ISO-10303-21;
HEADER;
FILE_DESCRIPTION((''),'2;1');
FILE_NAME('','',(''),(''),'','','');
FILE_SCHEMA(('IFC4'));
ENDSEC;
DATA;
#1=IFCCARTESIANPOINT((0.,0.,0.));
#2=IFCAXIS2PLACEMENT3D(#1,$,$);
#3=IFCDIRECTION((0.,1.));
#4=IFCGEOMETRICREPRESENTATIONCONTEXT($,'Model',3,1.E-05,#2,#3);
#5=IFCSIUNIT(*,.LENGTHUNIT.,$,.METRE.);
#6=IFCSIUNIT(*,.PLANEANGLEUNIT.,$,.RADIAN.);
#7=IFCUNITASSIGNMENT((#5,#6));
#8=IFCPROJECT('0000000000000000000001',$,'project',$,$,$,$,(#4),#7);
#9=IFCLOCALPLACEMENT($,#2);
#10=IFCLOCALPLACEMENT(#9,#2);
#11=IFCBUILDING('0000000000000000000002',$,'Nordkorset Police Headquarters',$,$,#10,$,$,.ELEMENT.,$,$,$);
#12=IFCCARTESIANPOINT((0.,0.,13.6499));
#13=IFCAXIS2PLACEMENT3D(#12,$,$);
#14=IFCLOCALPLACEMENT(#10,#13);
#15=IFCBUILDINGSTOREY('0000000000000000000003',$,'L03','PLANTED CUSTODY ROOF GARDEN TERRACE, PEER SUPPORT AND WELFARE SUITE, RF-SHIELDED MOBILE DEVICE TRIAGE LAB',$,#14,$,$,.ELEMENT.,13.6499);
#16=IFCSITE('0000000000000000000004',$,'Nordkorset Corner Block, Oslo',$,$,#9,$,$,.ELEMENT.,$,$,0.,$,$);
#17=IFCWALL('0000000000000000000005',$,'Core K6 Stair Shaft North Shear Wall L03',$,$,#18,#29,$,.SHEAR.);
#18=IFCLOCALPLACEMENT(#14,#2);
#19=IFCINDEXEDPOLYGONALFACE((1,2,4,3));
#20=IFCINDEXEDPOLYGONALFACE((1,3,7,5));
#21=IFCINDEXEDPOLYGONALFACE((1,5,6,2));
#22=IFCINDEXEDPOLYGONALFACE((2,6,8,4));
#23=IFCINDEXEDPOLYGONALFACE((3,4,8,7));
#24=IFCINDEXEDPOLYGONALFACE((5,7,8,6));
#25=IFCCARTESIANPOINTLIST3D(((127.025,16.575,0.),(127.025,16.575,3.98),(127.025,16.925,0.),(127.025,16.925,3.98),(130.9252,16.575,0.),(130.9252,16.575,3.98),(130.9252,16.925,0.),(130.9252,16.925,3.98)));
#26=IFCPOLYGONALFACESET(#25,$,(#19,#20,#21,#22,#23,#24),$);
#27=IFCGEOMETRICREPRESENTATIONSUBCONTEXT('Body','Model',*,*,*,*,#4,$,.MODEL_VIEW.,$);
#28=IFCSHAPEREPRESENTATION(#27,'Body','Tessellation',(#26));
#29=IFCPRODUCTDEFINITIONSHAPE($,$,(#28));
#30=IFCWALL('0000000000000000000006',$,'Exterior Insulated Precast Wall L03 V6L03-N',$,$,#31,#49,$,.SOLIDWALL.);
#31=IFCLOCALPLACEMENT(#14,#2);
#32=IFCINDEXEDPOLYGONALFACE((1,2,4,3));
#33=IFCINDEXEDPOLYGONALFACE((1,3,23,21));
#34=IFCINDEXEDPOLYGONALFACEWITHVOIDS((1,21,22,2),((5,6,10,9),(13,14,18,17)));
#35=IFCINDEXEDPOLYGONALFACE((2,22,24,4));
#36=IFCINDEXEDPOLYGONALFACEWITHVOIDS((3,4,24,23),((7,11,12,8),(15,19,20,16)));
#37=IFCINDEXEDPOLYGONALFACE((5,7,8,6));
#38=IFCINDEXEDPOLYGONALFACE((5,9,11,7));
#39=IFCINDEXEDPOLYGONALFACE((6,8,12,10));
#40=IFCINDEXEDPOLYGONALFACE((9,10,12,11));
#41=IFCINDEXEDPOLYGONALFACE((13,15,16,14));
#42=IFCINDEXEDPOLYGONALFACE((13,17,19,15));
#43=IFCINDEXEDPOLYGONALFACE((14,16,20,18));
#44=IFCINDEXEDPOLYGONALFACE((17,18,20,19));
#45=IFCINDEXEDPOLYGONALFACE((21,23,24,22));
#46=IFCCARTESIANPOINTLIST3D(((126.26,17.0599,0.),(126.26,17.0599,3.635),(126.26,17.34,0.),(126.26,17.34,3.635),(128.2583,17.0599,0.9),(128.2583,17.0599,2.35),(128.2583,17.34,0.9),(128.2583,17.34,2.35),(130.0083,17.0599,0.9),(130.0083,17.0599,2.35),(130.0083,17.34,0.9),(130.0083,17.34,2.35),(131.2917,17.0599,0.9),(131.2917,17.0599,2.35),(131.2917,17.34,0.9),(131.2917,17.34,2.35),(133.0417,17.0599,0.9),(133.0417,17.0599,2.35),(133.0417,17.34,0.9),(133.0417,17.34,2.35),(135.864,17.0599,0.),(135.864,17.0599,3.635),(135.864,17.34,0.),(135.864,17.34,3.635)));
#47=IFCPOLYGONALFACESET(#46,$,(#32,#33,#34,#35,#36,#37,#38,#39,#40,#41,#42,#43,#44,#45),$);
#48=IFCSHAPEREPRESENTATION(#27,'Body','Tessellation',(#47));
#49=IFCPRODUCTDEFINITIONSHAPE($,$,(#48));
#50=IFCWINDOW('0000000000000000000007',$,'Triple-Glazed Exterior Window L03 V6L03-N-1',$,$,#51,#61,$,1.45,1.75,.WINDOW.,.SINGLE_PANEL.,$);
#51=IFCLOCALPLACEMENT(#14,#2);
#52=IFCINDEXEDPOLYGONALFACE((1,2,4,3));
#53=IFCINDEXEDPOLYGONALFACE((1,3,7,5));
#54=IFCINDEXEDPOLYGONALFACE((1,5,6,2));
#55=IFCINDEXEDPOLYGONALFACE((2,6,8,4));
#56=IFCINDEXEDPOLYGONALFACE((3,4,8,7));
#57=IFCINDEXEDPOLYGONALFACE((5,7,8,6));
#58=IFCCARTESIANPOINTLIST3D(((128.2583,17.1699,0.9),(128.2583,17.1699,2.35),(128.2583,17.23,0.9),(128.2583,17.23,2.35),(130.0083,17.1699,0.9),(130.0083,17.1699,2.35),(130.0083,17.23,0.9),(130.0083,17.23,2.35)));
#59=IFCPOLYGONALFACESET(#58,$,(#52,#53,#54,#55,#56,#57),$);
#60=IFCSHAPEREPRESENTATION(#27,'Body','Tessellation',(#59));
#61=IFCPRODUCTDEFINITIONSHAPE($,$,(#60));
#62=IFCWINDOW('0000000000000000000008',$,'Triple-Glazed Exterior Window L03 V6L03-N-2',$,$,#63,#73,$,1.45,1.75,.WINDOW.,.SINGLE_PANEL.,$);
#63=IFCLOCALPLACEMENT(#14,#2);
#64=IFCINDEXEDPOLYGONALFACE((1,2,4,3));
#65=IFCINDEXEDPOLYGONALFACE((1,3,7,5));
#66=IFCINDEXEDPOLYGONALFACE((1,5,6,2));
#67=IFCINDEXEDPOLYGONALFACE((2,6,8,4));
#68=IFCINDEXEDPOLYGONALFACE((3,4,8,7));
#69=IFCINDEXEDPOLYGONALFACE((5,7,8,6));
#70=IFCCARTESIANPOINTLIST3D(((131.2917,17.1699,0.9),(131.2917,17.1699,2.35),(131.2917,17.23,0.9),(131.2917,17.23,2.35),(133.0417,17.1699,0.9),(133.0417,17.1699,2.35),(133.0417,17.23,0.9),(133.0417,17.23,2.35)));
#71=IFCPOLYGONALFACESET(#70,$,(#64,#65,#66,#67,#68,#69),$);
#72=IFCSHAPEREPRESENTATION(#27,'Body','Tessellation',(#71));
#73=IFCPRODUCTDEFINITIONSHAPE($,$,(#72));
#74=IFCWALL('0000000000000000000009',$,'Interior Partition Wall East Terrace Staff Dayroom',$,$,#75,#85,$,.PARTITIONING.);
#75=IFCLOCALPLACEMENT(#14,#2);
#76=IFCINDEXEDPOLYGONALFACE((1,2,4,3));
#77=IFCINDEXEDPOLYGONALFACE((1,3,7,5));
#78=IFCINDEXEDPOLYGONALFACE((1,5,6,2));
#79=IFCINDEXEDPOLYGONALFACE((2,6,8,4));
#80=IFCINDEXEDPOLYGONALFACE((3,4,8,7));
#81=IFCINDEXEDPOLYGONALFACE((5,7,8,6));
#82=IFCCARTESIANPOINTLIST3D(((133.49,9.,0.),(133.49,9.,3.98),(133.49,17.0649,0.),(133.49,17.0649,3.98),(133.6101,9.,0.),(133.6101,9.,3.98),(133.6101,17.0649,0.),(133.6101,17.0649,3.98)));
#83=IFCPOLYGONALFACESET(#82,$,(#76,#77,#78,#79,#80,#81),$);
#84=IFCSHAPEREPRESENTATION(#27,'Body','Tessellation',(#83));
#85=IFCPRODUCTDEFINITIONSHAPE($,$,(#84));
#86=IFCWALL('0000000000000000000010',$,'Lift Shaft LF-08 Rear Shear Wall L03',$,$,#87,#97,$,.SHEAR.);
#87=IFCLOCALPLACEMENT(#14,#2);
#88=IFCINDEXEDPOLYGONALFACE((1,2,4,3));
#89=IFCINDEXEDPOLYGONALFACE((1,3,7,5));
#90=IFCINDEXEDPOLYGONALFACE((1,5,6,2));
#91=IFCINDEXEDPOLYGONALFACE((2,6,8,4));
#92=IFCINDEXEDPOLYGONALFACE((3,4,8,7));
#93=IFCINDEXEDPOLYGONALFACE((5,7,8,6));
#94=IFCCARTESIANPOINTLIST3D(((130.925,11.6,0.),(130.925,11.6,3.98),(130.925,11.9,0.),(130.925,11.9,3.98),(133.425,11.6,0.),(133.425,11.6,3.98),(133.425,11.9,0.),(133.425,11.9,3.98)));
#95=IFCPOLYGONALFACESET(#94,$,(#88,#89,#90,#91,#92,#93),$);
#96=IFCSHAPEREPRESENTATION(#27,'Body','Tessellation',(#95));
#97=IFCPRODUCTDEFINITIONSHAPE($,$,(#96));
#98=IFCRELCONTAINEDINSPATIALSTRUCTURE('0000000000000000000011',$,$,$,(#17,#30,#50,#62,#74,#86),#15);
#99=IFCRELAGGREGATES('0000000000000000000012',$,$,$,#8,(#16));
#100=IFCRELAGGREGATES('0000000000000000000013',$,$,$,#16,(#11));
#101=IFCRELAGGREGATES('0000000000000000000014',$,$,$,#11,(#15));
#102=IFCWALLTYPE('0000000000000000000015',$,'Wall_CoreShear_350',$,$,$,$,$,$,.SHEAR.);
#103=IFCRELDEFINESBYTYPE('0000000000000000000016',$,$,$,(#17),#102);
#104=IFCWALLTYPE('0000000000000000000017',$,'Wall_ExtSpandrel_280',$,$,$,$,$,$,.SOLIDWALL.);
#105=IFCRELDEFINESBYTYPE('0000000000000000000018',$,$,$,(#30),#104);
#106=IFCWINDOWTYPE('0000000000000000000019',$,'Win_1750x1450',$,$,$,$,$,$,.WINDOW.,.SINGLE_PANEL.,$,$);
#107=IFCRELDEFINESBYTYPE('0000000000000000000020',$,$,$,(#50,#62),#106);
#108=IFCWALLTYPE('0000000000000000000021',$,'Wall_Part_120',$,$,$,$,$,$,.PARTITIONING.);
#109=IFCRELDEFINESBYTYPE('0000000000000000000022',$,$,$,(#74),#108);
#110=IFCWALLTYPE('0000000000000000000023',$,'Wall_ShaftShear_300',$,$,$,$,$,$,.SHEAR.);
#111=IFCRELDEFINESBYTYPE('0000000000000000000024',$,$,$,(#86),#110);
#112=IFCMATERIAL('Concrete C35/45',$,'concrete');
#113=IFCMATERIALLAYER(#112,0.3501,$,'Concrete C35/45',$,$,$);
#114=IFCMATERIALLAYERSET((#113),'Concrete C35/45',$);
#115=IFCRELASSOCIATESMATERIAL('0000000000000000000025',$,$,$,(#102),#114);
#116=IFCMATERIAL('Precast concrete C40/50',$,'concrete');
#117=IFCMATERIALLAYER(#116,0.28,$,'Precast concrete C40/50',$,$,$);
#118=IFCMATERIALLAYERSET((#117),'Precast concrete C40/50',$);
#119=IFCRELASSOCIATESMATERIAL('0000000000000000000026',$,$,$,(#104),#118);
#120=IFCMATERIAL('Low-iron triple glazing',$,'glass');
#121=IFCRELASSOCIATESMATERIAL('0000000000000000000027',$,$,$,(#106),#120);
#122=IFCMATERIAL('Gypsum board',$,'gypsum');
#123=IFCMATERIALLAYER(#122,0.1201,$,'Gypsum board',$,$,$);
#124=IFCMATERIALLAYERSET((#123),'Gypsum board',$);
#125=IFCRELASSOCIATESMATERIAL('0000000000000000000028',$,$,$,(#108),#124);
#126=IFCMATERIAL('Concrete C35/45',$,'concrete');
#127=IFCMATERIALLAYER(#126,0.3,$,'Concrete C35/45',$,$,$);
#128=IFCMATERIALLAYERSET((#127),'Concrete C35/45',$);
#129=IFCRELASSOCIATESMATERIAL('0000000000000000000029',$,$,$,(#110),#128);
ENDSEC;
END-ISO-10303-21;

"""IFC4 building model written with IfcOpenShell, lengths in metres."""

from ifc_helpers import new_model, si_unit, direction, frame, frame_2d, origin, place, context, subcontext, project, spatial, rectangle, extrude, material, layer, layer_set, type_object, element, fill, save


model = new_model("IFC4")

# Units and contexts
model_context = context("Model", 3, precision=1e-05, world=origin(), true_north=direction((0.0, 1.0)))
body_context = subcontext(model_context, "Body", "Model", "MODEL_VIEW")
ifc_project = project(units=[si_unit("LENGTHUNIT", "METRE"), si_unit("PLANEANGLEUNIT", "RADIAN")], contexts=[model_context])

# Site, building, storey
site_placement = place(None, origin())
site = spatial("IfcSite", under=ifc_project, at=site_placement, Name="Nordkorset Corner Block, Oslo", CompositionType="ELEMENT", RefElevation=0.0)
building_placement = place(site_placement, origin())
building = spatial("IfcBuilding", under=site, at=building_placement, Name="Nordkorset Police Headquarters", CompositionType="ELEMENT")
storey_placement = place(building_placement, frame((0.0, 0.0, 13.6499)))
storey = spatial("IfcBuildingStorey", under=building, at=storey_placement, Name="L03", Description="PLANTED CUSTODY ROOF GARDEN TERRACE, PEER SUPPORT AND WELFARE SUITE, RF-SHIELDED MOBILE DEVICE TRIAGE LAB", CompositionType="ELEMENT", Elevation=13.6499)

# Wall
ifc_material_1 = material(Name="Concrete C35/45", Category="concrete")
ifc_layer_1 = layer(ifc_material_1, 0.3501, Name="Concrete C35/45")
ifc_layer_set_1 = layer_set([ifc_layer_1], Name="Concrete C35/45")
wall_type_1 = type_object("IfcWallType", Name="Wall_CoreShear_350", PredefinedType="SHEAR", material=ifc_layer_set_1)
wall_1_placement = place(storey_placement, frame((127.0249, 16.75, 0.0), z_axis=(0.0, 0.0, 1.0), x_axis=(1.0, 0.0, 0.0)))
element("IfcWall", 1, at=wall_1_placement, inside=storey, type_object=wall_type_1, Name="Core K6 Stair Shaft North Shear Wall L03", PredefinedType="SHEAR", context=body_context, shape_type="SweptSolid", body=[
    extrude(rectangle(XDim=3.9001, YDim=0.3501, at=frame_2d((1.9502, 0.0))), origin(), (0.0, 0.0, 1.0), 3.98),
])

# Shared definitions
ifc_material_2 = material(Name="Precast concrete C40/50", Category="concrete")
ifc_layer_2 = layer(ifc_material_2, 0.28, Name="Precast concrete C40/50")
ifc_layer_set_2 = layer_set([ifc_layer_2], Name="Precast concrete C40/50")
wall_type_2 = type_object("IfcWallType", Name="Wall_ExtSpandrel_280", PredefinedType="SOLIDWALL", material=ifc_layer_set_2)

# Wall, openings, windows
wall_2_placement = place(storey_placement, frame((126.26, 17.2, 0.0), z_axis=(0.0, 0.0, 1.0), x_axis=(1.0, 0.0, 0.0)))
wall_2 = element("IfcWall", 2, at=wall_2_placement, inside=storey, type_object=wall_type_2, Name="Exterior Insulated Precast Wall L03 V6L03-N", PredefinedType="SOLIDWALL", context=body_context, shape_type="SweptSolid", body=[
    extrude(rectangle(XDim=9.604, YDim=0.28, at=frame_2d((4.802, 0.0))), origin(), (0.0, 0.0, 1.0), 3.635),
])
opening_1_placement = place(wall_2_placement, frame((1.9983, 0.0, 0.8999)))
opening_1 = element("IfcOpeningElement", 3, at=opening_1_placement, cuts=wall_2, PredefinedType="OPENING", context=body_context, shape_type="SweptSolid", body=[
    extrude(rectangle(XDim=1.75, YDim=1.45, at=frame_2d((0.875, 0.7251))), frame((0.0, 0.1499, 0.0), z_axis=(0.0, -1.0, 0.0), x_axis=(1.0, 0.0, 0.0)), (0.0, 0.0, 1.0), 0.3),
])
opening_2_placement = place(wall_2_placement, frame((5.0317, 0.0, 0.8999)))
opening_2 = element("IfcOpeningElement", 4, at=opening_2_placement, cuts=wall_2, PredefinedType="OPENING", context=body_context, shape_type="SweptSolid", body=[
    extrude(rectangle(XDim=1.75, YDim=1.45, at=frame_2d((0.875, 0.7251))), frame((0.0, 0.1499, 0.0), z_axis=(0.0, -1.0, 0.0), x_axis=(1.0, 0.0, 0.0)), (0.0, 0.0, 1.0), 0.3),
])
ifc_material_3 = material(Name="Low-iron triple glazing", Category="glass")
window_type = type_object("IfcWindowType", Name="Win_1750x1450", PartitioningType="SINGLE_PANEL", PredefinedType="WINDOW", material=ifc_material_3)
window_1_placement = place(opening_1_placement, origin())
window_1 = element("IfcWindow", 5, at=window_1_placement, inside=storey, type_object=window_type, Name="Triple-Glazed Exterior Window L03 V6L03-N-1", OverallHeight=1.45, OverallWidth=1.75, PartitioningType="SINGLE_PANEL", PredefinedType="WINDOW", context=body_context, shape_type="SweptSolid", body=[
    extrude(rectangle(XDim=1.75, YDim=1.45, at=frame_2d((0.875, 0.7251))), frame((0.0, 0.03, 0.0), z_axis=(0.0, -1.0, 0.0), x_axis=(1.0, 0.0, 0.0)), (0.0, 0.0, 1.0), 0.0601),
])
fill(opening_1, window_1)
window_2_placement = place(opening_2_placement, origin())
window_2 = element("IfcWindow", 6, at=window_2_placement, inside=storey, type_object=window_type, Name="Triple-Glazed Exterior Window L03 V6L03-N-2", OverallHeight=1.45, OverallWidth=1.75, PartitioningType="SINGLE_PANEL", PredefinedType="WINDOW", context=body_context, shape_type="SweptSolid", body=[
    extrude(rectangle(XDim=1.75, YDim=1.45, at=frame_2d((0.875, 0.7251))), frame((0.0, 0.03, 0.0), z_axis=(0.0, -1.0, 0.0), x_axis=(1.0, 0.0, 0.0)), (0.0, 0.0, 1.0), 0.0601),
])
fill(opening_2, window_2)

# Walls
ifc_material_4 = material(Name="Gypsum board", Category="gypsum")
ifc_layer_3 = layer(ifc_material_4, 0.1201, Name="Gypsum board")
ifc_layer_set_3 = layer_set([ifc_layer_3], Name="Gypsum board")
wall_type_3 = type_object("IfcWallType", Name="Wall_Part_120", PredefinedType="PARTITIONING", material=ifc_layer_set_3)
wall_3_placement = place(storey_placement, frame((133.55, 17.0649, 0.0), z_axis=(0.0, 0.0, 1.0), x_axis=(0.0, -1.0, 0.0)))
element("IfcWall", 7, at=wall_3_placement, inside=storey, type_object=wall_type_3, Name="Interior Partition Wall East Terrace Staff Dayroom", PredefinedType="PARTITIONING", context=body_context, shape_type="SweptSolid", body=[
    extrude(rectangle(XDim=8.0649, YDim=0.1201, at=frame_2d((4.0325, 0.0))), origin(), (0.0, 0.0, 1.0), 3.98),
])
ifc_material_5 = material(Name="Concrete C35/45", Category="concrete")
ifc_layer_4 = layer(ifc_material_5, 0.3, Name="Concrete C35/45")
ifc_layer_set_4 = layer_set([ifc_layer_4], Name="Concrete C35/45")
wall_type_4 = type_object("IfcWallType", Name="Wall_ShaftShear_300", PredefinedType="SHEAR", material=ifc_layer_set_4)
wall_4_placement = place(storey_placement, frame((130.925, 11.75, 0.0), z_axis=(0.0, 0.0, 1.0), x_axis=(1.0, 0.0, 0.0)))
element("IfcWall", 8, at=wall_4_placement, inside=storey, type_object=wall_type_4, Name="Lift Shaft LF-08 Rear Shear Wall L03", PredefinedType="SHEAR", context=body_context, shape_type="SweptSolid", body=[
    extrude(rectangle(XDim=2.5, YDim=0.3, at=frame_2d((1.25, 0.0))), origin(), (0.0, 0.0, 1.0), 3.98),
])

save(model, "model.ifc")
